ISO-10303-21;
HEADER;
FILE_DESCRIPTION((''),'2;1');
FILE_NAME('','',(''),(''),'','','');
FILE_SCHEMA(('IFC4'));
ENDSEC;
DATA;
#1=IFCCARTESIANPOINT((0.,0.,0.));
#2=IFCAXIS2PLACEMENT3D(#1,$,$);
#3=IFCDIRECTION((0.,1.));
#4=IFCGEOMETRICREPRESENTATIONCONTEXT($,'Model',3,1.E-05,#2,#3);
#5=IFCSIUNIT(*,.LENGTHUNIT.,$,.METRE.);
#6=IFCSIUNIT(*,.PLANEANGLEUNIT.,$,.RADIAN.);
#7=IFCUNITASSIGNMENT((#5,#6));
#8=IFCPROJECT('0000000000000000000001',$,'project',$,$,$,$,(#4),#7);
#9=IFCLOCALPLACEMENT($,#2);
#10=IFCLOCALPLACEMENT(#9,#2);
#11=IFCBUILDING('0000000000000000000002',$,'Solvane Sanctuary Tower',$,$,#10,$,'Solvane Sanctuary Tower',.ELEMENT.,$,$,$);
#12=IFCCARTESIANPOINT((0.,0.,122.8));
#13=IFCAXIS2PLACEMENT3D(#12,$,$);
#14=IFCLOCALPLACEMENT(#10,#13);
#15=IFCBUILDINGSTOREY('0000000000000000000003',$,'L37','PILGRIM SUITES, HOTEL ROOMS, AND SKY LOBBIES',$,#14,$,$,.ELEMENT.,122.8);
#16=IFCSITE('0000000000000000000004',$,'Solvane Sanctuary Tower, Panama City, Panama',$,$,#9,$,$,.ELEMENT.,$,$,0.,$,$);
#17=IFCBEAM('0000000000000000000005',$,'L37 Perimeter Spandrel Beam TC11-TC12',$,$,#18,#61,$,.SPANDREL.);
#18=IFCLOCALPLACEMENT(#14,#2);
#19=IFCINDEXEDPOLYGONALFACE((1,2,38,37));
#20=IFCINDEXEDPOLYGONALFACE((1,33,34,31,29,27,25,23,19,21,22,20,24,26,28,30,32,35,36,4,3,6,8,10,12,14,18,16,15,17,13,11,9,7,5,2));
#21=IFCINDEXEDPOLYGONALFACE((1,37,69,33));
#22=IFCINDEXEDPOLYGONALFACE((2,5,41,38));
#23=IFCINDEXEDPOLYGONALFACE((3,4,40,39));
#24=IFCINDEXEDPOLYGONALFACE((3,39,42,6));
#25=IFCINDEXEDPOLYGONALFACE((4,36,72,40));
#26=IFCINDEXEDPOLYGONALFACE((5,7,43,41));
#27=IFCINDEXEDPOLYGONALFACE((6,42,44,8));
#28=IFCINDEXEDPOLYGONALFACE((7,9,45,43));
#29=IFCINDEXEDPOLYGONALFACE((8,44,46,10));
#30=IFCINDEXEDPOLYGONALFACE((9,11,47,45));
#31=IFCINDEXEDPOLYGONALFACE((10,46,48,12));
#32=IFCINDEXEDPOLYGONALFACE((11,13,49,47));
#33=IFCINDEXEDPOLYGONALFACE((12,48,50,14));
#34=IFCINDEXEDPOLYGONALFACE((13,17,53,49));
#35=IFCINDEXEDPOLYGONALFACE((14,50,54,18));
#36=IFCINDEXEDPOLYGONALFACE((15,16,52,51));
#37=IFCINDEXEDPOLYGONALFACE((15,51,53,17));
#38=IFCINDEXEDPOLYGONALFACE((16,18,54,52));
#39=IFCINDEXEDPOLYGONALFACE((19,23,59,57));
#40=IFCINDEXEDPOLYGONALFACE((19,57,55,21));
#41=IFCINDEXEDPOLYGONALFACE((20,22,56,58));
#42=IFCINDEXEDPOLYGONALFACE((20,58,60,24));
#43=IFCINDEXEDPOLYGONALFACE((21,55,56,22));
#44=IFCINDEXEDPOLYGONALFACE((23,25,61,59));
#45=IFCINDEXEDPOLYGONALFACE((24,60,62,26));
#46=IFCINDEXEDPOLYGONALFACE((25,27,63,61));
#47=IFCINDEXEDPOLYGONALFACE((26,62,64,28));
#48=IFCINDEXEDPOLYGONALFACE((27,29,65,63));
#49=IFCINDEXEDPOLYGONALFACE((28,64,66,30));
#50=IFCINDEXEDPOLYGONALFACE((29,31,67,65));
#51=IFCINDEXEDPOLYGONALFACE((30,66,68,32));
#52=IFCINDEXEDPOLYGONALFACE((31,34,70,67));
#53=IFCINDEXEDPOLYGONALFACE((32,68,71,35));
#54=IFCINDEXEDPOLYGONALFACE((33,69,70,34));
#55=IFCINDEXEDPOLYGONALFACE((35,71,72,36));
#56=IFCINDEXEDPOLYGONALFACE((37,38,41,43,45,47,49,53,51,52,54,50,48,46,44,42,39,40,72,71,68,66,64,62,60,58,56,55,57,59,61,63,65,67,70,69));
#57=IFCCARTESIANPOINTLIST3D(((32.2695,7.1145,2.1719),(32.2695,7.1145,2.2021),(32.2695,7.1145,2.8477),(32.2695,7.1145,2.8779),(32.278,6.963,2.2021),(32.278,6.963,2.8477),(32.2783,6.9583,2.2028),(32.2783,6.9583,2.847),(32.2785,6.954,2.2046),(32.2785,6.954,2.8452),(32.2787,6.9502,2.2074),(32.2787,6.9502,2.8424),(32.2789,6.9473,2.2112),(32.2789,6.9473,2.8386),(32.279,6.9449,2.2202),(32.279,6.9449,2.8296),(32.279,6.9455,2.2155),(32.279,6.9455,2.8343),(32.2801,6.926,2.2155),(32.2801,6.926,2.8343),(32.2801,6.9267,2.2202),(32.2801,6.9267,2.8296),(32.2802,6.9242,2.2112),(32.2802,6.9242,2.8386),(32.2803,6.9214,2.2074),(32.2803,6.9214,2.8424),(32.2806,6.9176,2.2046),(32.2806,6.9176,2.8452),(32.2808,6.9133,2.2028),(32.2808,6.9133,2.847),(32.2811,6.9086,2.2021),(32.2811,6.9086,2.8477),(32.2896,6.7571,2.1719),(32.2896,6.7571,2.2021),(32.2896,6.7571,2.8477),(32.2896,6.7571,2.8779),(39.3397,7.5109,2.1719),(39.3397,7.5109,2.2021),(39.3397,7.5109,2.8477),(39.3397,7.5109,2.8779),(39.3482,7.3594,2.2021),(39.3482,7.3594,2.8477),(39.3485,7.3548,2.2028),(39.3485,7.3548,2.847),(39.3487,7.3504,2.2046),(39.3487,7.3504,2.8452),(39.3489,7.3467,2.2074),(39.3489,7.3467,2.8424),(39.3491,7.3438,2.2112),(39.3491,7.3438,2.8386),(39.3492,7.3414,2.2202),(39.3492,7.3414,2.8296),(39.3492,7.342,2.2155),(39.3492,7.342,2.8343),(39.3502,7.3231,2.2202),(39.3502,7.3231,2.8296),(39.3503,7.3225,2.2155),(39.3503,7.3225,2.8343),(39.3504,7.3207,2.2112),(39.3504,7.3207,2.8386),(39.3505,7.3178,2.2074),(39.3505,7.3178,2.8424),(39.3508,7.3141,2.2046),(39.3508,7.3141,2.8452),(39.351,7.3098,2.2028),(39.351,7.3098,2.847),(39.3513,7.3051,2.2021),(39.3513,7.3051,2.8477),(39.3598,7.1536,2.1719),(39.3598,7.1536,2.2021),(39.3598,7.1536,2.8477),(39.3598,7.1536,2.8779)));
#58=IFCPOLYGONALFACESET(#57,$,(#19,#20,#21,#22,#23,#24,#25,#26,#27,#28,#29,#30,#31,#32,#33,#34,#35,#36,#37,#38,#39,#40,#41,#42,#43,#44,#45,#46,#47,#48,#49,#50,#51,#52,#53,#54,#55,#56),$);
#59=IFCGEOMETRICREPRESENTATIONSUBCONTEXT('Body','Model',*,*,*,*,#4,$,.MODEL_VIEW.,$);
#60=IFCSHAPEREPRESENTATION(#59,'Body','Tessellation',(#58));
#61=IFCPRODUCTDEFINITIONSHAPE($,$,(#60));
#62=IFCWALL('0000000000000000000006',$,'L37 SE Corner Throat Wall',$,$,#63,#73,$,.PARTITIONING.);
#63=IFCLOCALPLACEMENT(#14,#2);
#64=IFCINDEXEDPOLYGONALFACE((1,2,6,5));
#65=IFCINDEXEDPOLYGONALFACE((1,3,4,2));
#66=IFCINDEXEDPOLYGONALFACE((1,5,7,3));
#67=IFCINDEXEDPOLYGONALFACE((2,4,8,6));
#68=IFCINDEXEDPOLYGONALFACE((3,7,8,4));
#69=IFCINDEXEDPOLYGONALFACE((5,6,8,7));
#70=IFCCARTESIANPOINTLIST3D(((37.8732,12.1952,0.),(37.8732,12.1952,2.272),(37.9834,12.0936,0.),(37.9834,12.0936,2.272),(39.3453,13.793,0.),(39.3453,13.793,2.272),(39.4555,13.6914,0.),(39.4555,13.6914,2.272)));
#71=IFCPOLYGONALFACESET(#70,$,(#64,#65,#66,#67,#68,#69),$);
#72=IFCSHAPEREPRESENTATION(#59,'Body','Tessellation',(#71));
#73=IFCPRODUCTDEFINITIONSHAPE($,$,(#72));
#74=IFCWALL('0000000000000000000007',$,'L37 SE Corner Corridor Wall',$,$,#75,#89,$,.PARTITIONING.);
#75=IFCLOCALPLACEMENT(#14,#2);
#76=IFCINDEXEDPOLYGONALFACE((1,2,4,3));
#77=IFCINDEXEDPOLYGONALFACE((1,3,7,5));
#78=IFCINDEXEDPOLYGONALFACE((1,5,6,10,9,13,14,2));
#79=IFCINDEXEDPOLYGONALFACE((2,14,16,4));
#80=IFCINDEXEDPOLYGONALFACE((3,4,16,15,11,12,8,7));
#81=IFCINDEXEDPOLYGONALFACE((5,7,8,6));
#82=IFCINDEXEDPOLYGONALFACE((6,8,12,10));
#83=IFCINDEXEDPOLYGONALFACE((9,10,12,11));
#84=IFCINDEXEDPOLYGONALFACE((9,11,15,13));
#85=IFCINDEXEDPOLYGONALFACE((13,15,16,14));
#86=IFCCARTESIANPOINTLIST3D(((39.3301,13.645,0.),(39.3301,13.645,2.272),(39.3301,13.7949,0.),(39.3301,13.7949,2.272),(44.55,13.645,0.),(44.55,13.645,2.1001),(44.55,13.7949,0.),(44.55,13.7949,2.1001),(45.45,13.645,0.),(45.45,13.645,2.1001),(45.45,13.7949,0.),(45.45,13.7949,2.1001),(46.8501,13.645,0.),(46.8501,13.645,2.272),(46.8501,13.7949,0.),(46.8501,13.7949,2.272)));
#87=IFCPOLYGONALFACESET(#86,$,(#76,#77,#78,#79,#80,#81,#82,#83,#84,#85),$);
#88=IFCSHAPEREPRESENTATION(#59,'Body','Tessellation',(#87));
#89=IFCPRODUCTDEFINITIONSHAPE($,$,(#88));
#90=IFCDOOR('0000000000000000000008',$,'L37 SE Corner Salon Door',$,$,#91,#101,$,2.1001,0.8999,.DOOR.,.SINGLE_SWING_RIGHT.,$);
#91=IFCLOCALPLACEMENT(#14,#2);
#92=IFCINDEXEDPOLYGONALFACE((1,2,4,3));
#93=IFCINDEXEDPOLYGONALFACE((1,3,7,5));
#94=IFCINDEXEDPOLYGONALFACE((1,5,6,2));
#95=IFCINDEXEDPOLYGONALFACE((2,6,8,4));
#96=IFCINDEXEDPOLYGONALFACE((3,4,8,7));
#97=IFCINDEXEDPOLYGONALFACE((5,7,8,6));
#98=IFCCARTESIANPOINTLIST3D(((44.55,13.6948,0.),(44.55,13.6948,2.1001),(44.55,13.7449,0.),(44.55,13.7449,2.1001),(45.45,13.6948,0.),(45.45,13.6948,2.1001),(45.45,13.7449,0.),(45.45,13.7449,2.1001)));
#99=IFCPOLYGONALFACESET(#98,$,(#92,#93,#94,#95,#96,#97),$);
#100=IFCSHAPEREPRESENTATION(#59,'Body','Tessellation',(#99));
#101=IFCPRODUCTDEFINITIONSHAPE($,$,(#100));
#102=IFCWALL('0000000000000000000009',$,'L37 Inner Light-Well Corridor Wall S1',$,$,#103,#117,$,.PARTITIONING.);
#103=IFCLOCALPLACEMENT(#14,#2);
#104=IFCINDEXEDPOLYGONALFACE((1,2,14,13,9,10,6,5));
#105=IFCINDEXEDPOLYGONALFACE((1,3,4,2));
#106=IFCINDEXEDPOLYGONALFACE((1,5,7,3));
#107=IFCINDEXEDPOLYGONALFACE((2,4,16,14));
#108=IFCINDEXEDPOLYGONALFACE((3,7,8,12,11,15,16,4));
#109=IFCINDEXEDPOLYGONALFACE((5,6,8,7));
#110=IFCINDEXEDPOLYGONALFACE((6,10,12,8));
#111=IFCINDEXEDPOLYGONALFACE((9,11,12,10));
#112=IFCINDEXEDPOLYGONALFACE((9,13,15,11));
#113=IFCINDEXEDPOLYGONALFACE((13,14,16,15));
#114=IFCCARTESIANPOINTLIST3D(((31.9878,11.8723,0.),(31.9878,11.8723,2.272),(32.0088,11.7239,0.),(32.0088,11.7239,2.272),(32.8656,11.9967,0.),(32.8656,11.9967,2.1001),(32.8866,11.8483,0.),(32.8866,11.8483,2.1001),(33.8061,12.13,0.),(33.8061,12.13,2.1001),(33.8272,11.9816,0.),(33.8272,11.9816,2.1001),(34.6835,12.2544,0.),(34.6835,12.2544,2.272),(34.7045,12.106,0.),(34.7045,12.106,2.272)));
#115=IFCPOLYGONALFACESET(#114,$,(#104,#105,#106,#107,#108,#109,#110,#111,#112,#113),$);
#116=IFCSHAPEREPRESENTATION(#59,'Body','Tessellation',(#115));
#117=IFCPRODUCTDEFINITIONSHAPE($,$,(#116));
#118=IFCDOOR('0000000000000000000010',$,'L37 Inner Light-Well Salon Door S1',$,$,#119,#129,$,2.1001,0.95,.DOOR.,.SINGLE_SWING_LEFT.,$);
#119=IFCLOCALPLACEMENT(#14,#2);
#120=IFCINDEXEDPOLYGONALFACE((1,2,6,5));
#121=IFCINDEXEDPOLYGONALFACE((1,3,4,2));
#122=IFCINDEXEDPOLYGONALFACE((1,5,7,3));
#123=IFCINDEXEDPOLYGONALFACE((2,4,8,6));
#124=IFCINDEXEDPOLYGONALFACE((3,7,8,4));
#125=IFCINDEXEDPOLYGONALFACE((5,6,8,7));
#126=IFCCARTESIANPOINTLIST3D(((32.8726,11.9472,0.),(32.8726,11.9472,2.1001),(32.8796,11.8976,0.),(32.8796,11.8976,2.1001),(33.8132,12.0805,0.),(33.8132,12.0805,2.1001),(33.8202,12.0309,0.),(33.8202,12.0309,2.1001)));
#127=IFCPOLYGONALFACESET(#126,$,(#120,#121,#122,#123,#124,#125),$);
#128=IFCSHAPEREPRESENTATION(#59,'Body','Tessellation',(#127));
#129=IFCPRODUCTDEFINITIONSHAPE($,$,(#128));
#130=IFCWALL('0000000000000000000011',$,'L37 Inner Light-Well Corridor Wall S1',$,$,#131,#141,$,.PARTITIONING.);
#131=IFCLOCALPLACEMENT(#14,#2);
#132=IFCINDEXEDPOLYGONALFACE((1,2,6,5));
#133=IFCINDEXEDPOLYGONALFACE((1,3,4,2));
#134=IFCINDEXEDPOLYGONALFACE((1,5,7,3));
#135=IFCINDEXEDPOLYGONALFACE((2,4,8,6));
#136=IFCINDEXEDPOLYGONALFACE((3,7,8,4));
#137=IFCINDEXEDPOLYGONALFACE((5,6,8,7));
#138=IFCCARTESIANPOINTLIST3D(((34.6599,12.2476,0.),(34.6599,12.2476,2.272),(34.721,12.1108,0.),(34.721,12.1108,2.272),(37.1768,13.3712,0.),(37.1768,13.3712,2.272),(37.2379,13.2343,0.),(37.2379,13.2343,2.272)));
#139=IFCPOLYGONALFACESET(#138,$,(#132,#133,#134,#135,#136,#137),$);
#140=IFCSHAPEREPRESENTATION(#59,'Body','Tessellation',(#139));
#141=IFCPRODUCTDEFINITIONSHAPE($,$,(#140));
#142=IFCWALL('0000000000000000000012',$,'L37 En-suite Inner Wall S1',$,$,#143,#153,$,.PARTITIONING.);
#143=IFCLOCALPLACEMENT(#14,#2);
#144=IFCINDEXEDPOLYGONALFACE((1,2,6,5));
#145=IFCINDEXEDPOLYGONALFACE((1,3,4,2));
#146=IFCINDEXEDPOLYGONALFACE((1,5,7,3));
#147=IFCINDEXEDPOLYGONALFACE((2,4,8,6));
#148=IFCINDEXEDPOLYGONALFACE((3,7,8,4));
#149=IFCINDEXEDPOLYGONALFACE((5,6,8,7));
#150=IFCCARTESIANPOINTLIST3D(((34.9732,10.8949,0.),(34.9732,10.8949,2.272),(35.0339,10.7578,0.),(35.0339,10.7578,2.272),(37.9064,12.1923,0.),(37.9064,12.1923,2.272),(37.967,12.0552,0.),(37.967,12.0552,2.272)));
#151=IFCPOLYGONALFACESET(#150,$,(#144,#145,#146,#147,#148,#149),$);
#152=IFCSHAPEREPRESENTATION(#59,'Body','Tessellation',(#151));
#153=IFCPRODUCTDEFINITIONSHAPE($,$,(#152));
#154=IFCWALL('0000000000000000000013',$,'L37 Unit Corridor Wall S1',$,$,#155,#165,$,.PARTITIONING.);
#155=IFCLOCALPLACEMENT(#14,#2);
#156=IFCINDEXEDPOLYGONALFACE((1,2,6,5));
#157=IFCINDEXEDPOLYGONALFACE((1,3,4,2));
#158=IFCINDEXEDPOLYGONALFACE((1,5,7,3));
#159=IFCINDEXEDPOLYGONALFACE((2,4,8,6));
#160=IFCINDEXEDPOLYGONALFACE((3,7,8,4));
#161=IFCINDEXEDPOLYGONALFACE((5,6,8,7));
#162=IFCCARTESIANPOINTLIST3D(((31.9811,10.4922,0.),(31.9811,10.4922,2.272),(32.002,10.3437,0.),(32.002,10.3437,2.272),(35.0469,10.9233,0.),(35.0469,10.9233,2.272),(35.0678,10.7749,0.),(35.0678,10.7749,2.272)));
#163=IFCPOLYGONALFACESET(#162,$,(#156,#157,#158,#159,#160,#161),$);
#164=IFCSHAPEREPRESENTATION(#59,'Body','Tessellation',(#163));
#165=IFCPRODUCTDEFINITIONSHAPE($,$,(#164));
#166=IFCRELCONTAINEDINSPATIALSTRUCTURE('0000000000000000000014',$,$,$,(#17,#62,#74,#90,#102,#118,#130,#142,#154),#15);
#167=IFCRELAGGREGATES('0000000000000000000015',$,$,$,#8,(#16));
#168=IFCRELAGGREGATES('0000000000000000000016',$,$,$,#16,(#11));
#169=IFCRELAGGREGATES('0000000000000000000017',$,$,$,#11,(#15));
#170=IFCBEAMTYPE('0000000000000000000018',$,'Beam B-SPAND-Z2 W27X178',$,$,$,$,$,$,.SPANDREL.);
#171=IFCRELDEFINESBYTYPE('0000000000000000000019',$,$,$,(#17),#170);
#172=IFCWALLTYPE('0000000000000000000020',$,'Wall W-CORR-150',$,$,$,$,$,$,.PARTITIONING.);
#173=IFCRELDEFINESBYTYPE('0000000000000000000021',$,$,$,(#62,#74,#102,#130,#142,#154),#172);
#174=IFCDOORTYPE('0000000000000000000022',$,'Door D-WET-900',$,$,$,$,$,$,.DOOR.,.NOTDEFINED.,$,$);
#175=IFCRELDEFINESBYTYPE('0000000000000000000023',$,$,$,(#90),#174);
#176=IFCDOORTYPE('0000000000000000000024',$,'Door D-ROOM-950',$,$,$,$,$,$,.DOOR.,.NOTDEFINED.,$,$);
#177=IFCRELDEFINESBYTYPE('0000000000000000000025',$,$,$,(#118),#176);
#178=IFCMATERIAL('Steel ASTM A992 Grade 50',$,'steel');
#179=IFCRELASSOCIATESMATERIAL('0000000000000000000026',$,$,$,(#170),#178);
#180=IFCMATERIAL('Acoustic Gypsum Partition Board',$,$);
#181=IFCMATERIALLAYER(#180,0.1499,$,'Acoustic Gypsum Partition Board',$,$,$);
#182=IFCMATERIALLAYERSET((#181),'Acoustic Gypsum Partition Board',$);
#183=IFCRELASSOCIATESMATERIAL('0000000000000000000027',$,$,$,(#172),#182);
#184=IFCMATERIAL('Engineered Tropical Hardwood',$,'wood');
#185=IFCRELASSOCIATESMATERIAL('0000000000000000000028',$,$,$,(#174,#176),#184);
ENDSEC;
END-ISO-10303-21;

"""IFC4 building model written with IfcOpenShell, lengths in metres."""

from ifc_helpers import new_model, si_unit, direction, frame, frame_2d, origin, origin_2d, place, context, subcontext, project, spatial, rectangle, i_section, extrude, material, layer, layer_set, material_profile, profile_set, type_object, element, fill, save


model = new_model("IFC4")

# Units and contexts
model_context = context("Model", 3, precision=1e-05, world=origin(), true_north=direction((0.0, 1.0)))
body_context = subcontext(model_context, "Body", "Model", "MODEL_VIEW")
ifc_project = project(units=[si_unit("LENGTHUNIT", "METRE"), si_unit("PLANEANGLEUNIT", "RADIAN")], contexts=[model_context])

# Site, building, storey
site_placement = place(None, origin())
site = spatial("IfcSite", under=ifc_project, at=site_placement, Name="Solvane Sanctuary Tower, Panama City, Panama", CompositionType="ELEMENT", RefElevation=0.0)
building_placement = place(site_placement, origin())
building = spatial("IfcBuilding", under=site, at=building_placement, Name="Solvane Sanctuary Tower", LongName="Solvane Sanctuary Tower", CompositionType="ELEMENT")
storey_placement = place(building_placement, frame((0.0, 0.0, 122.8)))
storey = spatial("IfcBuildingStorey", under=building, at=storey_placement, Name="L37", Description="PILGRIM SUITES, HOTEL ROOMS, AND SKY LOBBIES", CompositionType="ELEMENT", Elevation=122.8)

# Beam
ifc_material_1 = material(Name="Steel ASTM A992 Grade 50", Category="steel")
ifc_material_profile_1 = material_profile(ifc_material_1, i_section(OverallWidth=0.3579, OverallDepth=0.7061, WebThickness=0.0183, FlangeThickness=0.0303, FilletRadius=0.0181, at=origin_2d()), Name="W27X178")
ifc_profile_set_1 = profile_set([ifc_material_profile_1], Name="Steel ASTM A992 Grade 50")
beam_type_1 = type_object("IfcBeamType", Name="Beam B-SPAND-Z2 W27X178", PredefinedType="SPANDREL", material=ifc_profile_set_1)
beam_1_placement = place(storey_placement, frame((32.2795, 6.9358, 2.5249), z_axis=(0.998431, 0.055989, 0.0), x_axis=(-0.055989, 0.998431, 0.0)))
element("IfcBeam", 1, at=beam_1_placement, inside=storey, type_object=beam_type_1, Name="L37 Perimeter Spandrel Beam TC11-TC12", PredefinedType="SPANDREL", context=body_context, shape_type="SweptSolid", body=[
    extrude(i_section(OverallWidth=0.3579, OverallDepth=0.7061, WebThickness=0.0183, FlangeThickness=0.0303, FilletRadius=0.0181, at=origin_2d()), origin(), (0.0, 0.0, 1.0), 7.0813),
])

# Wall
ifc_material_2 = material(Name="Acoustic Gypsum Partition Board")
ifc_layer_1 = layer(ifc_material_2, 0.1499, Name="Acoustic Gypsum Partition Board")
ifc_layer_set_1 = layer_set([ifc_layer_1], Name="Acoustic Gypsum Partition Board")
wall_type_1 = type_object("IfcWallType", Name="Wall W-CORR-150", PredefinedType="PARTITIONING", material=ifc_layer_set_1)
wall_1_placement = place(storey_placement, frame((37.9282, 12.1443, 0.0), z_axis=(0.0, 0.0, 1.0), x_axis=(0.67758, 0.735449, 0.0)))
element("IfcWall", 2, at=wall_1_placement, inside=storey, type_object=wall_type_1, Name="L37 SE Corner Throat Wall", PredefinedType="PARTITIONING", context=body_context, shape_type="SweptSolid", body=[
    extrude(rectangle(XDim=2.1726, YDim=0.1499, at=frame_2d((1.0864, 0.0))), origin(), (0.0, 0.0, 1.0), 2.272),
])

# Walls, openings, doors
wall_2_placement = place(storey_placement, frame((39.3301, 13.72, 0.0), z_axis=(0.0, 0.0, 1.0), x_axis=(1.0, 0.0, 0.0)))
wall_2 = element("IfcWall", 3, at=wall_2_placement, inside=storey, type_object=wall_type_1, Name="L37 SE Corner Corridor Wall", PredefinedType="PARTITIONING", context=body_context, shape_type="SweptSolid", body=[
    extrude(rectangle(XDim=7.52, YDim=0.1499, at=frame_2d((3.76, 0.0))), origin(), (0.0, 0.0, 1.0), 2.272),
])
opening_1_placement = place(wall_2_placement, frame((5.22, 0.0, 0.0)))
opening_1 = element("IfcOpeningElement", 4, at=opening_1_placement, cuts=wall_2, PredefinedType="OPENING", context=body_context, shape_type="SweptSolid", body=[
    extrude(rectangle(XDim=0.8999, YDim=2.1001, at=frame_2d((0.45, 1.05))), frame((0.0, 0.085, 0.0), z_axis=(0.0, -1.0, 0.0), x_axis=(1.0, 0.0, 0.0)), (0.0, 0.0, 1.0), 0.1699),
])
ifc_material_3 = material(Name="Engineered Tropical Hardwood", Category="wood")
door_type_1 = type_object("IfcDoorType", Name="Door D-WET-900", OperationType="NOTDEFINED", PredefinedType="DOOR", material=ifc_material_3)
door_1_placement = place(opening_1_placement, origin())
door_1 = element("IfcDoor", 5, at=door_1_placement, inside=storey, type_object=door_type_1, Name="L37 SE Corner Salon Door", OperationType="SINGLE_SWING_RIGHT", OverallHeight=2.1001, OverallWidth=0.8999, PredefinedType="DOOR", context=body_context, shape_type="SweptSolid", body=[
    extrude(rectangle(XDim=0.8999, YDim=2.1001, at=frame_2d((0.45, 1.05))), frame((0.0, 0.0249, 0.0), z_axis=(0.0, -1.0, 0.0), x_axis=(1.0, 0.0, 0.0)), (0.0, 0.0, 1.0), 0.05),
])
fill(opening_1, door_1)
wall_3_placement = place(storey_placement, frame((31.9983, 11.7981, 0.0), z_axis=(0.0, 0.0, 1.0), x_axis=(0.990105, 0.140329, 0.0)))
wall_3 = element("IfcWall", 6, at=wall_3_placement, inside=storey, type_object=wall_type_1, Name="L37 Inner Light-Well Corridor Wall S1", PredefinedType="PARTITIONING", context=body_context, shape_type="SweptSolid", body=[
    extrude(rectangle(XDim=2.7227, YDim=0.1499, at=frame_2d((1.3613, 0.0))), origin(), (0.0, 0.0, 1.0), 2.272),
])
opening_2_placement = place(wall_3_placement, frame((0.8865, 0.0, 0.0)))
opening_2 = element("IfcOpeningElement", 7, at=opening_2_placement, cuts=wall_3, PredefinedType="OPENING", context=body_context, shape_type="SweptSolid", body=[
    extrude(rectangle(XDim=0.95, YDim=2.1001, at=frame_2d((0.4751, 1.05))), frame((0.0, 0.085, 0.0), z_axis=(0.0, -1.0, 0.0), x_axis=(1.0, 0.0, 0.0)), (0.0, 0.0, 1.0), 0.1699),
])
door_type_2 = type_object("IfcDoorType", Name="Door D-ROOM-950", OperationType="NOTDEFINED", PredefinedType="DOOR", material=ifc_material_3)
door_2_placement = place(opening_2_placement, origin())
door_2 = element("IfcDoor", 8, at=door_2_placement, inside=storey, type_object=door_type_2, Name="L37 Inner Light-Well Salon Door S1", OperationType="SINGLE_SWING_LEFT", OverallHeight=2.1001, OverallWidth=0.95, PredefinedType="DOOR", context=body_context, shape_type="SweptSolid", body=[
    extrude(rectangle(XDim=0.95, YDim=2.1001, at=frame_2d((0.4751, 1.05))), frame((0.0, 0.0249, 0.0), z_axis=(0.0, -1.0, 0.0), x_axis=(1.0, 0.0, 0.0)), (0.0, 0.0, 1.0), 0.05),
])
fill(opening_2, door_2)

# Walls
wall_4_placement = place(storey_placement, frame((34.6904, 12.1792, 0.0), z_axis=(0.0, 0.0, 1.0), x_axis=(0.913146, 0.407634, 0.0)))
element("IfcWall", 9, at=wall_4_placement, inside=storey, type_object=wall_type_1, Name="L37 Inner Light-Well Corridor Wall S1", PredefinedType="PARTITIONING", context=body_context, shape_type="SweptSolid", body=[
    extrude(rectangle(XDim=2.7563, YDim=0.1499, at=frame_2d((1.3782, 0.0))), origin(), (0.0, 0.0, 1.0), 2.272),
])
wall_5_placement = place(storey_placement, frame((35.0037, 10.8264, 0.0), z_axis=(0.0, 0.0, 1.0), x_axis=(0.914532, 0.404513, 0.0)))
element("IfcWall", 10, at=wall_5_placement, inside=storey, type_object=wall_type_1, Name="L37 En-suite Inner Wall S1", PredefinedType="PARTITIONING", context=body_context, shape_type="SweptSolid", body=[
    extrude(rectangle(XDim=3.2073, YDim=0.1499, at=frame_2d((1.6035, 0.0))), origin(), (0.0, 0.0, 1.0), 2.272),
])
wall_6_placement = place(storey_placement, frame((31.9917, 10.418, 0.0), z_axis=(0.0, 0.0, 1.0), x_axis=(0.990255, 0.139268, 0.0)))
element("IfcWall", 11, at=wall_6_placement, inside=storey, type_object=wall_type_1, Name="L37 Unit Corridor Wall S1", PredefinedType="PARTITIONING", context=body_context, shape_type="SweptSolid", body=[
    extrude(rectangle(XDim=3.0959, YDim=0.1499, at=frame_2d((1.5479, 0.0))), origin(), (0.0, 0.0, 1.0), 2.272),
])

save(model, "model.ifc")
